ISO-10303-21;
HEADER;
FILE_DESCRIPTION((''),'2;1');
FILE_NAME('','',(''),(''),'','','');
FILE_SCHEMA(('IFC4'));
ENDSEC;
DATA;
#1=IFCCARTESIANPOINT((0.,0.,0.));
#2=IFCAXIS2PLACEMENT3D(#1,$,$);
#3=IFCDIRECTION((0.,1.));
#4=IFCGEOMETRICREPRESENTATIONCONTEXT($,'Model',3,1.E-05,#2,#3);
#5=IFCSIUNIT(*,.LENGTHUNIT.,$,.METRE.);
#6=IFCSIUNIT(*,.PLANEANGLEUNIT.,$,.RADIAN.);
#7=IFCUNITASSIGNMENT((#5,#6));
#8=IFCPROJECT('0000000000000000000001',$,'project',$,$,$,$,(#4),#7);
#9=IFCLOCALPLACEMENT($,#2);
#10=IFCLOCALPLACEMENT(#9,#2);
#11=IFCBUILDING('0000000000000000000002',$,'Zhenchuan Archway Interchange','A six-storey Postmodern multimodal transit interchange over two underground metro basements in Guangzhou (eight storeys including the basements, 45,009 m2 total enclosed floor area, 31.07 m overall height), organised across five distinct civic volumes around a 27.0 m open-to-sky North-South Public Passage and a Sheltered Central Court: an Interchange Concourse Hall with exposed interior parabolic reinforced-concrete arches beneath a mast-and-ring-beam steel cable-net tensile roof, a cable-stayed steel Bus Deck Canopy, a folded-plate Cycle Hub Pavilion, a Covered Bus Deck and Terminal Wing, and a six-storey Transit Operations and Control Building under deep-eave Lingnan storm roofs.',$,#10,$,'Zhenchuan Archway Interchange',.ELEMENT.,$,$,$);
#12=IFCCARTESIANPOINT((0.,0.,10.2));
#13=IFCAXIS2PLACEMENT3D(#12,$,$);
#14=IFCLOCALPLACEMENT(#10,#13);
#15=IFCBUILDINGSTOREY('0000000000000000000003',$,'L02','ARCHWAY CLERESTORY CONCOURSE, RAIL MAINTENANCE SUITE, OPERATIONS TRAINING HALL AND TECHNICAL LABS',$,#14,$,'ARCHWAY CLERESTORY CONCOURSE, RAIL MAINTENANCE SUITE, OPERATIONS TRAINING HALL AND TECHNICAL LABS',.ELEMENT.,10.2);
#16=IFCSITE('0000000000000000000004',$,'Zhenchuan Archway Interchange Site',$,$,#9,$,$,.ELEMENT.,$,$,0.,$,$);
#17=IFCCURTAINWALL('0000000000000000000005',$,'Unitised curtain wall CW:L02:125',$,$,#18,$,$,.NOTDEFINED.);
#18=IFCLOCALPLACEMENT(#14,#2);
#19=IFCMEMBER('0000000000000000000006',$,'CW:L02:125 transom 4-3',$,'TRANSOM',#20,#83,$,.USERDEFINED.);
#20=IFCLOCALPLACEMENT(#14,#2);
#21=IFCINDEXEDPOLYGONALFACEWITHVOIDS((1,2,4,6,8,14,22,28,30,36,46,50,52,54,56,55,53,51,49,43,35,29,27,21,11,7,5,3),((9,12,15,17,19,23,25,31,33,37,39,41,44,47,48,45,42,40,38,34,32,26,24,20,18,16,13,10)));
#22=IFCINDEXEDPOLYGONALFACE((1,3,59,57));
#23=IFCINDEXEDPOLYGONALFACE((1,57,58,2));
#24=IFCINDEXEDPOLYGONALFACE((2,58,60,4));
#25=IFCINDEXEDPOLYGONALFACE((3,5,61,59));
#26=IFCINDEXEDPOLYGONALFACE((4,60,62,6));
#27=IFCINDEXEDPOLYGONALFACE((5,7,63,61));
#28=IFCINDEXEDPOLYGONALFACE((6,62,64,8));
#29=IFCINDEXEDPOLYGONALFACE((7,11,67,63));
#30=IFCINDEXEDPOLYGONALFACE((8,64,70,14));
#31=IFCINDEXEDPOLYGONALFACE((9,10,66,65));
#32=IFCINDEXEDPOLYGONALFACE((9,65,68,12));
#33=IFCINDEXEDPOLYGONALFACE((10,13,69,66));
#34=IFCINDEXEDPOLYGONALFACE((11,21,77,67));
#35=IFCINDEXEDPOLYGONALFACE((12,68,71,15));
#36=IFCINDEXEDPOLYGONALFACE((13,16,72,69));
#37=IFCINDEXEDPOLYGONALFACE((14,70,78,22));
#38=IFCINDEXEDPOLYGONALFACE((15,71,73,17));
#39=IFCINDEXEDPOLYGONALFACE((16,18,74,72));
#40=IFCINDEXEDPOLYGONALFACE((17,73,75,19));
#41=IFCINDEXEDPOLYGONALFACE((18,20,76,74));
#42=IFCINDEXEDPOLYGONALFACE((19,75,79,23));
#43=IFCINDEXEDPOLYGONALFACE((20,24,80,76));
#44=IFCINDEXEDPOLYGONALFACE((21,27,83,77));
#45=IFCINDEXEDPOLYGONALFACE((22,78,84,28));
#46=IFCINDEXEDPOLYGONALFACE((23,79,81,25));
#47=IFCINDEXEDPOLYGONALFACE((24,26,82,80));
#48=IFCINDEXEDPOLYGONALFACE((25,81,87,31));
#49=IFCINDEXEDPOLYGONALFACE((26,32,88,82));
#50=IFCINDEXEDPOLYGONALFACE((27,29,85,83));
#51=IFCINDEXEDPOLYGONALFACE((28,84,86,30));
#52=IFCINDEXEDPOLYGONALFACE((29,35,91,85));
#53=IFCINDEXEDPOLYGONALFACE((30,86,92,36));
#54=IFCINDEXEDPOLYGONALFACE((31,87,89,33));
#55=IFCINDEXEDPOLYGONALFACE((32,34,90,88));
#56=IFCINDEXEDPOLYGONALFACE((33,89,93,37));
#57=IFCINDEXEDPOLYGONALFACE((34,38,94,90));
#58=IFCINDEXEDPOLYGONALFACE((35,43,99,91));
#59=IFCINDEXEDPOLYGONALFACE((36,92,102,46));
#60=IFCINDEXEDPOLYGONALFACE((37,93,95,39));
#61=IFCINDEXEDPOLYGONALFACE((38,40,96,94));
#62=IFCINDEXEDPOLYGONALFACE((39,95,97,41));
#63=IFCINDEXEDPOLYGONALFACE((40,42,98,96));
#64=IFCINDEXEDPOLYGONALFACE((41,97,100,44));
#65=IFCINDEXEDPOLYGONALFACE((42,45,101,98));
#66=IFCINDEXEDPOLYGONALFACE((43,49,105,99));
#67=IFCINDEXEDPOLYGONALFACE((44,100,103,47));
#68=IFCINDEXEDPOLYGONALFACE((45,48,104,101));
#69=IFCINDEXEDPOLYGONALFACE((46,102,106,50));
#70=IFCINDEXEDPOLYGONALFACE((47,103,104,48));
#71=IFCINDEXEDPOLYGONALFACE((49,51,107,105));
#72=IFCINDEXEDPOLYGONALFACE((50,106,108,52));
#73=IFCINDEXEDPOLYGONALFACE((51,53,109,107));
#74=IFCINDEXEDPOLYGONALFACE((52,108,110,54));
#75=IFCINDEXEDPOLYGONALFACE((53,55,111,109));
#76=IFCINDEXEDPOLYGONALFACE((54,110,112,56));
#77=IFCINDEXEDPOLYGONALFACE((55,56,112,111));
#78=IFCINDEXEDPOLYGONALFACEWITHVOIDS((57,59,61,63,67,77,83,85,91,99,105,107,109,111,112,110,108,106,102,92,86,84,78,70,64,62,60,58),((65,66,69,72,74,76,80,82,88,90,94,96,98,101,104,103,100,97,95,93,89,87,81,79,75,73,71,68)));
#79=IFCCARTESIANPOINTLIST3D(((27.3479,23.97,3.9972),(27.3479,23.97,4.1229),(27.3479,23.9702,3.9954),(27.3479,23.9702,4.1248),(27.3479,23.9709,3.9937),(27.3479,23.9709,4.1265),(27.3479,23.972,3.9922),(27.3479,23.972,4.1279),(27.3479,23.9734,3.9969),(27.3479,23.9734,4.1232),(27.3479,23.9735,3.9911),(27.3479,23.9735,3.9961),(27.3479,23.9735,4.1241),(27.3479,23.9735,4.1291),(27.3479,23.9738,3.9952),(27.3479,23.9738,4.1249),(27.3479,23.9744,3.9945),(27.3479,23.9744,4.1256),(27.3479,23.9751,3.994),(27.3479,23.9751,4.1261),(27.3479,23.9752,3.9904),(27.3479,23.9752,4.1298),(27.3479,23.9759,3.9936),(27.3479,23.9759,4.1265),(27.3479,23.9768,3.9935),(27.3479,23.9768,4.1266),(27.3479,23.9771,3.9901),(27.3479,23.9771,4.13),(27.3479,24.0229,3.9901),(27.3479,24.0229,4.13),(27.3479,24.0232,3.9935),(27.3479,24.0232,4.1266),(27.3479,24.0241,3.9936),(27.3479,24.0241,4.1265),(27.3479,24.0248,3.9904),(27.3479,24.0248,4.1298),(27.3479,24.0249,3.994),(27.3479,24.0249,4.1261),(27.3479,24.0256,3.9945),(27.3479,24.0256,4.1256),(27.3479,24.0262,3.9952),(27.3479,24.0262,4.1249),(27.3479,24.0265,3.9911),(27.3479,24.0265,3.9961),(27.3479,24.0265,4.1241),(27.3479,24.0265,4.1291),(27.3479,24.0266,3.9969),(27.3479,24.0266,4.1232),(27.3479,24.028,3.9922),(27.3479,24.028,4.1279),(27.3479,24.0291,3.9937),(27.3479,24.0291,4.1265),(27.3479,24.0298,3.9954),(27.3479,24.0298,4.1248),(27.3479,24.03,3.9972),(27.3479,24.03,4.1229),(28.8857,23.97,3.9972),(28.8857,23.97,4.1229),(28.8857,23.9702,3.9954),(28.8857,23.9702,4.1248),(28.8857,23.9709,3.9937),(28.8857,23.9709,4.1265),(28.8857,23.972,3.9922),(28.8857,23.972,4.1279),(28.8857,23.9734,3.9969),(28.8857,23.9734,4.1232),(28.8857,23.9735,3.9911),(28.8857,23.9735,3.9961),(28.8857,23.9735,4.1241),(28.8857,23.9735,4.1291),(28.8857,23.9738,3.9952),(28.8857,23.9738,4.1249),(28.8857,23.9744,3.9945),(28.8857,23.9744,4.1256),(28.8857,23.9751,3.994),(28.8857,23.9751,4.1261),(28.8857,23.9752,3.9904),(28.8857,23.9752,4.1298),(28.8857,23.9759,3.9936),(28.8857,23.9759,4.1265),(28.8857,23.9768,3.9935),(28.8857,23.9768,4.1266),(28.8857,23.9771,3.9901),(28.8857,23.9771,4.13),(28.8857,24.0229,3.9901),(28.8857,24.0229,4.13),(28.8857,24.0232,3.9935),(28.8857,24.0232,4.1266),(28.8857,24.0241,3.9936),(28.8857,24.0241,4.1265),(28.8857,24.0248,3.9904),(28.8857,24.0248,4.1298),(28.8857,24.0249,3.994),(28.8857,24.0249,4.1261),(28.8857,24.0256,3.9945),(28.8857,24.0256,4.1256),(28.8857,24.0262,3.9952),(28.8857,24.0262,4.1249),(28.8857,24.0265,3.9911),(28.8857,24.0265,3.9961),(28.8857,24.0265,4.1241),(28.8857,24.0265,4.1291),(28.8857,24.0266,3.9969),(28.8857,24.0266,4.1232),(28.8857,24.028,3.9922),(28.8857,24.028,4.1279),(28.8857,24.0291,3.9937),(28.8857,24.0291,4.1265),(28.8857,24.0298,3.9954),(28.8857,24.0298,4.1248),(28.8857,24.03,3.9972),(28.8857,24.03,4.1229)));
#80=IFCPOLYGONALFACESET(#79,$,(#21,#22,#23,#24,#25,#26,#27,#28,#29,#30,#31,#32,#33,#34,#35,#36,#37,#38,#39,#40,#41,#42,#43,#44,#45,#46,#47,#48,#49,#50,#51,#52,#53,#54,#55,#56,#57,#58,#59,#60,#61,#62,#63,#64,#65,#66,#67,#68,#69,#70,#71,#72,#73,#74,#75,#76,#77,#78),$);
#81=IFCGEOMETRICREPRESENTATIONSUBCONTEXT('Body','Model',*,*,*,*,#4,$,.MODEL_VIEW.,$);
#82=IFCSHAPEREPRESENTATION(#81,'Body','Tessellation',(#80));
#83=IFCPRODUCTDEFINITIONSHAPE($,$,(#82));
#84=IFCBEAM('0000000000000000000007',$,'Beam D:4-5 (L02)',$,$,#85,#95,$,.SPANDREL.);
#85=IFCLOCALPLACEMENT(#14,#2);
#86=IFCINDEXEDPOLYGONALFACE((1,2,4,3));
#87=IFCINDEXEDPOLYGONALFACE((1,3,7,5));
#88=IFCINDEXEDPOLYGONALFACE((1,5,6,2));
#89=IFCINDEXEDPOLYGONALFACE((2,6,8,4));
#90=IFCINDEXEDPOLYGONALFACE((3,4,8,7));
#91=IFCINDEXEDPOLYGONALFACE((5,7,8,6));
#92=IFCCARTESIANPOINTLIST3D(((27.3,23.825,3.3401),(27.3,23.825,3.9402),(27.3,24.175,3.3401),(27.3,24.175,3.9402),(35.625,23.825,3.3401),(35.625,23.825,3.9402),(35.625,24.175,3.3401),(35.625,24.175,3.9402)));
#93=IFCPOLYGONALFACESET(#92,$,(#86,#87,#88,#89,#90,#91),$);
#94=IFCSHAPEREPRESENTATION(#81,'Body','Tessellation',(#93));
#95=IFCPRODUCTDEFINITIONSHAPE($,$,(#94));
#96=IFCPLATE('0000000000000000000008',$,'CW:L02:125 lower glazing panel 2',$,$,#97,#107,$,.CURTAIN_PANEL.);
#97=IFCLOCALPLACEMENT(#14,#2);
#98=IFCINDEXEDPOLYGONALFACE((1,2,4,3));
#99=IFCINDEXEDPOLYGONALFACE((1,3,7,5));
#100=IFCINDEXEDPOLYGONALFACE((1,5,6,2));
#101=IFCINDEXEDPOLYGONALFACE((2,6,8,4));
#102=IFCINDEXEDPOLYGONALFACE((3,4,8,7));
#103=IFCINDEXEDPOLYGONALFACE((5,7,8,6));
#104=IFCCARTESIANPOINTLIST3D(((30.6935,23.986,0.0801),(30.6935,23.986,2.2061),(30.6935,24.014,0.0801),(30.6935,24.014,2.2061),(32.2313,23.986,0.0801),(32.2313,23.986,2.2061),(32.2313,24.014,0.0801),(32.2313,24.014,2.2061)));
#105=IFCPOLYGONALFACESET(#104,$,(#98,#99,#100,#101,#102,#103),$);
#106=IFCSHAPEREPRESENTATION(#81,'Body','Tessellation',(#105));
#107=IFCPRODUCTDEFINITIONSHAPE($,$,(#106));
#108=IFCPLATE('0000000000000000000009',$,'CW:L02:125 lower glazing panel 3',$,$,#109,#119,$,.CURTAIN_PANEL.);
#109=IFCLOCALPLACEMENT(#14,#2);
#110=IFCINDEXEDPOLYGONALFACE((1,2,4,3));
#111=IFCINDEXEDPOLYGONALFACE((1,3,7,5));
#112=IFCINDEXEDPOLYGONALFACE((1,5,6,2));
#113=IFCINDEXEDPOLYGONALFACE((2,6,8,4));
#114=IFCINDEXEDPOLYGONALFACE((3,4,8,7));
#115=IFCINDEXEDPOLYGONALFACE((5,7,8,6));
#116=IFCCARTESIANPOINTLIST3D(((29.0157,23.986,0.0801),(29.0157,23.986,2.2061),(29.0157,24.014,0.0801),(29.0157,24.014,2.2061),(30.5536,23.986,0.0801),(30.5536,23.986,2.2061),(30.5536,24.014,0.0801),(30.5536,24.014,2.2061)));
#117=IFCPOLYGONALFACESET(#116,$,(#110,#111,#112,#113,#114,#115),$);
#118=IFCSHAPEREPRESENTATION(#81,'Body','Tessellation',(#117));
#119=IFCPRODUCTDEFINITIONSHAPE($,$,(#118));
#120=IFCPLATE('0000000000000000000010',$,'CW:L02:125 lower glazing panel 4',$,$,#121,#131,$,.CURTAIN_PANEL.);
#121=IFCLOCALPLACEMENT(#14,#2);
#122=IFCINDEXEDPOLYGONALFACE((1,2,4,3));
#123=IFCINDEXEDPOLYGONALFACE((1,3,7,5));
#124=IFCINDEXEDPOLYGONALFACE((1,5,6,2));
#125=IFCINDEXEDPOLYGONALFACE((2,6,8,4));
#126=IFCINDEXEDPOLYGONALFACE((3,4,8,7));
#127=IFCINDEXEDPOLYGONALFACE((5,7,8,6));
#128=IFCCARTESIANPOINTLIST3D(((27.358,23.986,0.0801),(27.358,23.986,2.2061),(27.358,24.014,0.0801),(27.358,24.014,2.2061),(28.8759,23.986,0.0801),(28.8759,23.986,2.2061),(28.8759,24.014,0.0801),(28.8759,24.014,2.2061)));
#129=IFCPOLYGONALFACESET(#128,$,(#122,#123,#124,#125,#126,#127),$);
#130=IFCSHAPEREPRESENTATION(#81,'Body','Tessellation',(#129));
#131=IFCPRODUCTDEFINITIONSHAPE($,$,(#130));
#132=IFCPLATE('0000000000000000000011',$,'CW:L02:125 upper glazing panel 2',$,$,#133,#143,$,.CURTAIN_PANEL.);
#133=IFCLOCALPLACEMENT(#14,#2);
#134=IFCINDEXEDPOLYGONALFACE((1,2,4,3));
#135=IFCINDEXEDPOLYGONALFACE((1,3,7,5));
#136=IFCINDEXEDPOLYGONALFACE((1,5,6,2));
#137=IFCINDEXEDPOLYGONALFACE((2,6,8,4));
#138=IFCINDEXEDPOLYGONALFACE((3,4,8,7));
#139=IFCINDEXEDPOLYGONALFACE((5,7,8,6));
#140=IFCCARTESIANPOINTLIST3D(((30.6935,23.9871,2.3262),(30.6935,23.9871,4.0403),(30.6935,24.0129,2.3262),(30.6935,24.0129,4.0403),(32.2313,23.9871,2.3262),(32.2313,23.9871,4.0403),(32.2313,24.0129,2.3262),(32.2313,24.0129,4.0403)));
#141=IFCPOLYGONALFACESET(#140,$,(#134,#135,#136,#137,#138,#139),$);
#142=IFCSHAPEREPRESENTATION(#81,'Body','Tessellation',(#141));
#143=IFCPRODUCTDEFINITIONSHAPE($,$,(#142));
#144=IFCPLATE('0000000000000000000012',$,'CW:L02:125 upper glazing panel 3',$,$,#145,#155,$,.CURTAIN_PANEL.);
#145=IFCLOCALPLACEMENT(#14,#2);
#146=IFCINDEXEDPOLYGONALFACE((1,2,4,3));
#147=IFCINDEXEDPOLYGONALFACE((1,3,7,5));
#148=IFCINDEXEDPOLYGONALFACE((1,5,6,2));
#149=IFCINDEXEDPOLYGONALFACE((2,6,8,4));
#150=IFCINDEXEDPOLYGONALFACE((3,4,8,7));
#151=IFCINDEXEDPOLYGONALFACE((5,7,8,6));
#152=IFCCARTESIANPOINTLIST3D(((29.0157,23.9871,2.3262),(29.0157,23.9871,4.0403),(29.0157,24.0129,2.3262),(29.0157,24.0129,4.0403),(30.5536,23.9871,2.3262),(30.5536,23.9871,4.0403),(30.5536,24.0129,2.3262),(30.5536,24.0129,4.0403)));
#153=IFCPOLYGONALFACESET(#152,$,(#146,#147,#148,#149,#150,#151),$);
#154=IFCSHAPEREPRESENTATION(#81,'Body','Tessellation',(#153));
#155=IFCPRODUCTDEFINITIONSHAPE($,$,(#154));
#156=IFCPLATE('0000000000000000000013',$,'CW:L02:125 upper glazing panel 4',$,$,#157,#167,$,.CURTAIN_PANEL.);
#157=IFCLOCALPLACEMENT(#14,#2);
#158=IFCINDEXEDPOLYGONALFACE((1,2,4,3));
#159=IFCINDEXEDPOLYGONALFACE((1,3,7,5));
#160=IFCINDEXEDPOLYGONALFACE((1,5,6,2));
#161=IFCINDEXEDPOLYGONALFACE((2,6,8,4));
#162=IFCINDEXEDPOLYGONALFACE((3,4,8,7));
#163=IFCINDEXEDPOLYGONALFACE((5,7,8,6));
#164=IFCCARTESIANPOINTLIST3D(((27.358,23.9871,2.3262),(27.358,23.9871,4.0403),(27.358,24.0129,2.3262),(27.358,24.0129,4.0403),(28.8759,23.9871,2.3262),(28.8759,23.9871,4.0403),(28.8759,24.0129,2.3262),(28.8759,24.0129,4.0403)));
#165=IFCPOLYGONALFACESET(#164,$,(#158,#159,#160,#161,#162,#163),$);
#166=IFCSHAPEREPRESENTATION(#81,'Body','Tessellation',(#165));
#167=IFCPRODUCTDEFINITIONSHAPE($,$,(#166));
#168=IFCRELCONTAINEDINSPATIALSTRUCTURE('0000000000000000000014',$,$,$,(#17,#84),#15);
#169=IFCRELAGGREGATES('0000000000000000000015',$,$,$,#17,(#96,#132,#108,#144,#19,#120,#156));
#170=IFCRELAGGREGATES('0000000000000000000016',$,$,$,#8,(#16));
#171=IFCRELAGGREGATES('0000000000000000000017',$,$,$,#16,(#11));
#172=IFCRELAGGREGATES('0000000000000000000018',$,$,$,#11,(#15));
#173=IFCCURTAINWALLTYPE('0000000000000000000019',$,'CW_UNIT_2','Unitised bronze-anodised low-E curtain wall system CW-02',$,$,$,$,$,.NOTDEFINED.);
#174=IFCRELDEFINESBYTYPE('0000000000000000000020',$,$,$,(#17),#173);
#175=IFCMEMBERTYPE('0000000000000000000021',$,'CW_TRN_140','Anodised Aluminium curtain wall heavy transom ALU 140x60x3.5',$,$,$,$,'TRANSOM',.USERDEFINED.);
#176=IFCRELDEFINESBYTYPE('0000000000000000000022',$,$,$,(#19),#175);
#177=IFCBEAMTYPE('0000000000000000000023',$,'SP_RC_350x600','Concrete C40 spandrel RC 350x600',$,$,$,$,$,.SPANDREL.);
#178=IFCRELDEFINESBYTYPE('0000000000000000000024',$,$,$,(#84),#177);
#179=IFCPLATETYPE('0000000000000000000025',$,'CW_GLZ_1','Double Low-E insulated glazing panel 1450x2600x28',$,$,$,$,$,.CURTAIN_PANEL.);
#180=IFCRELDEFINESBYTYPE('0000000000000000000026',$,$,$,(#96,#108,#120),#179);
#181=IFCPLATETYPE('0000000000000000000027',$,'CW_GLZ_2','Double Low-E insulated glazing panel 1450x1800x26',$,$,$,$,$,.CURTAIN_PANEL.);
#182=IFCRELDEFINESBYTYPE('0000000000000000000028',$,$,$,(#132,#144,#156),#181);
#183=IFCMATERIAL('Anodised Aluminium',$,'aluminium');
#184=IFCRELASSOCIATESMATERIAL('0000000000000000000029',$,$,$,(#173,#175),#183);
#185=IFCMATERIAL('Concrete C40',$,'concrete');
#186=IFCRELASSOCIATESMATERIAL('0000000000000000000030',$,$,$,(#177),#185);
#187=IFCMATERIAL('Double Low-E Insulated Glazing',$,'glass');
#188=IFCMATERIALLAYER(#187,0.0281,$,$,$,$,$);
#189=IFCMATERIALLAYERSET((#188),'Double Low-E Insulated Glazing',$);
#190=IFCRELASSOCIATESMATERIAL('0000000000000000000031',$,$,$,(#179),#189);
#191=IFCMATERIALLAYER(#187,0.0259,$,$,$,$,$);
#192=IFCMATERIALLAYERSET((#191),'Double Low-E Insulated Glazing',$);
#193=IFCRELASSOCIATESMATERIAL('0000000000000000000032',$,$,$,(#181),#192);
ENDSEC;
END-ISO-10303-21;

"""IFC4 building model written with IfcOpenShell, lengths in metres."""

from ifc_helpers import new_model, si_unit, direction, frame, origin, origin_2d, place, context, subcontext, project, spatial, rectangle, hollow_rectangle, extrude, material, layer, layer_set, material_profile, profile_set, type_object, element, aggregate, save


model = new_model("IFC4")

# Units and contexts
model_context = context("Model", 3, precision=1e-05, world=origin(), true_north=direction((0.0, 1.0)))
body_context = subcontext(model_context, "Body", "Model", "MODEL_VIEW")
ifc_project = project(units=[si_unit("LENGTHUNIT", "METRE"), si_unit("PLANEANGLEUNIT", "RADIAN")], contexts=[model_context])

# Site, building, storey
site_placement = place(None, origin())
site = spatial("IfcSite", under=ifc_project, at=site_placement, Name="Zhenchuan Archway Interchange Site", CompositionType="ELEMENT", RefElevation=0.0)
building_placement = place(site_placement, origin())
building = spatial("IfcBuilding", under=site, at=building_placement, Name="Zhenchuan Archway Interchange", Description="A six-storey Postmodern multimodal transit interchange over two underground metro basements in Guangzhou (eight storeys including the basements, 45,009 m2 total enclosed floor area, 31.07 m overall height), organised across five distinct civic volumes around a 27.0 m open-to-sky North-South Public Passage and a Sheltered Central Court: an Interchange Concourse Hall with exposed interior parabolic reinforced-concrete arches beneath a mast-and-ring-beam steel cable-net tensile roof, a cable-stayed steel Bus Deck Canopy, a folded-plate Cycle Hub Pavilion, a Covered Bus Deck and Terminal Wing, and a six-storey Transit Operations and Control Building under deep-eave Lingnan storm roofs.", LongName="Zhenchuan Archway Interchange", CompositionType="ELEMENT")
storey_placement = place(building_placement, frame((0.0, 0.0, 10.2)))
storey = spatial("IfcBuildingStorey", under=building, at=storey_placement, Name="L02", Description="ARCHWAY CLERESTORY CONCOURSE, RAIL MAINTENANCE SUITE, OPERATIONS TRAINING HALL AND TECHNICAL LABS", LongName="ARCHWAY CLERESTORY CONCOURSE, RAIL MAINTENANCE SUITE, OPERATIONS TRAINING HALL AND TECHNICAL LABS", CompositionType="ELEMENT", Elevation=10.2)

# Shared definitions
ifc_material_1 = material(Name="Concrete C40", Category="concrete")

# Curtain wall, member
ifc_material_2 = material(Name="Anodised Aluminium", Category="aluminium")
curtain_wall_type = type_object("IfcCurtainWallType", Name="CW_UNIT_2", Description="Unitised bronze-anodised low-E curtain wall system CW-02", PredefinedType="NOTDEFINED", material=ifc_material_2)
curtain_wall_placement = place(storey_placement, origin())
curtain_wall = element("IfcCurtainWall", 1, at=curtain_wall_placement, inside=storey, type_object=curtain_wall_type, Name="Unitised curtain wall CW:L02:125", PredefinedType="NOTDEFINED")
ifc_material_profile_1 = material_profile(ifc_material_2, hollow_rectangle(XDim=0.0601, YDim=0.1399, WallThickness=0.0034, InnerFilletRadius=0.0034, OuterFilletRadius=0.0071, at=origin_2d()), Name="ALU 140x60x3.5")
ifc_profile_set_1 = profile_set([ifc_material_profile_1], Name="Anodised Aluminium")
member_type_1 = type_object("IfcMemberType", Name="CW_TRN_140", Description="Anodised Aluminium curtain wall heavy transom ALU 140x60x3.5", ElementType="TRANSOM", PredefinedType="USERDEFINED", material=ifc_profile_set_1)
member_1_placement = place(storey_placement, frame((28.8857, 24.0, 4.0601), z_axis=(-1.0, 0.0, 0.0), x_axis=(0.0, -1.0, 0.0)))
member_1 = element("IfcMember", 2, at=member_1_placement, type_object=member_type_1, Name="CW:L02:125 transom 4-3", ObjectType="TRANSOM", PredefinedType="USERDEFINED", context=body_context, shape_type="SweptSolid", body=[
    extrude(hollow_rectangle(XDim=0.0601, YDim=0.1399, WallThickness=0.0034, InnerFilletRadius=0.0034, OuterFilletRadius=0.0071, at=origin_2d()), origin(), (0.0, 0.0, 1.0), 1.5378),
])

# Beam
ifc_material_profile_2 = material_profile(ifc_material_1, rectangle(XDim=0.3501, YDim=0.6001, at=origin_2d()), Name="RC 350x600")
ifc_profile_set_2 = profile_set([ifc_material_profile_2], Name="Concrete C40")
beam_type = type_object("IfcBeamType", Name="SP_RC_350x600", Description="Concrete C40 spandrel RC 350x600", PredefinedType="SPANDREL", material=ifc_profile_set_2)
beam_placement = place(storey_placement, frame((27.3, 24.0, 3.6401), z_axis=(1.0, 0.0, 0.0), x_axis=(0.0, 1.0, 0.0)))
element("IfcBeam", 3, at=beam_placement, inside=storey, type_object=beam_type, Name="Beam D:4-5 (L02)", PredefinedType="SPANDREL", context=body_context, shape_type="SweptSolid", body=[
    extrude(rectangle(XDim=0.3501, YDim=0.6001, at=origin_2d()), origin(), (0.0, 0.0, 1.0), 8.325),
])

# Plates
ifc_material_3 = material(Name="Double Low-E Insulated Glazing", Category="glass")
ifc_layer_1 = layer(ifc_material_3, 0.0281)
ifc_layer_set_1 = layer_set([ifc_layer_1], Name="Double Low-E Insulated Glazing")
plate_type_1 = type_object("IfcPlateType", Name="CW_GLZ_1", Description="Double Low-E insulated glazing panel 1450x2600x28", PredefinedType="CURTAIN_PANEL", material=ifc_layer_set_1)
plate_1_placement = place(storey_placement, frame((31.4624, 24.0, 0.0801), z_axis=(0.0, 0.0, 1.0), x_axis=(-1.0, 0.0, 0.0)))
plate_1 = element("IfcPlate", 4, at=plate_1_placement, type_object=plate_type_1, Name="CW:L02:125 lower glazing panel 2", PredefinedType="CURTAIN_PANEL", context=body_context, shape_type="SweptSolid", body=[
    extrude(rectangle(XDim=1.5378, YDim=0.0281, at=origin_2d()), origin(), (0.0, 0.0, 1.0), 2.126),
])
plate_2_placement = place(storey_placement, frame((29.7847, 24.0, 0.0801), z_axis=(0.0, 0.0, 1.0), x_axis=(-1.0, 0.0, 0.0)))
plate_2 = element("IfcPlate", 5, at=plate_2_placement, type_object=plate_type_1, Name="CW:L02:125 lower glazing panel 3", PredefinedType="CURTAIN_PANEL", context=body_context, shape_type="SweptSolid", body=[
    extrude(rectangle(XDim=1.5378, YDim=0.0281, at=origin_2d()), origin(), (0.0, 0.0, 1.0), 2.126),
])
plate_3_placement = place(storey_placement, frame((28.1169, 24.0, 0.0801), z_axis=(0.0, 0.0, 1.0), x_axis=(-1.0, 0.0, 0.0)))
plate_3 = element("IfcPlate", 6, at=plate_3_placement, type_object=plate_type_1, Name="CW:L02:125 lower glazing panel 4", PredefinedType="CURTAIN_PANEL", context=body_context, shape_type="SweptSolid", body=[
    extrude(rectangle(XDim=1.5178, YDim=0.0281, at=origin_2d()), origin(), (0.0, 0.0, 1.0), 2.126),
])
ifc_layer_2 = layer(ifc_material_3, 0.0259)
ifc_layer_set_2 = layer_set([ifc_layer_2], Name="Double Low-E Insulated Glazing")
plate_type_2 = type_object("IfcPlateType", Name="CW_GLZ_2", Description="Double Low-E insulated glazing panel 1450x1800x26", PredefinedType="CURTAIN_PANEL", material=ifc_layer_set_2)
plate_4_placement = place(storey_placement, frame((31.4624, 24.0, 2.3262), z_axis=(0.0, 0.0, 1.0), x_axis=(-1.0, 0.0, 0.0)))
plate_4 = element("IfcPlate", 7, at=plate_4_placement, type_object=plate_type_2, Name="CW:L02:125 upper glazing panel 2", PredefinedType="CURTAIN_PANEL", context=body_context, shape_type="SweptSolid", body=[
    extrude(rectangle(XDim=1.5378, YDim=0.0259, at=origin_2d()), origin(), (0.0, 0.0, 1.0), 1.7141),
])
plate_5_placement = place(storey_placement, frame((29.7847, 24.0, 2.3262), z_axis=(0.0, 0.0, 1.0), x_axis=(-1.0, 0.0, 0.0)))
plate_5 = element("IfcPlate", 8, at=plate_5_placement, type_object=plate_type_2, Name="CW:L02:125 upper glazing panel 3", PredefinedType="CURTAIN_PANEL", context=body_context, shape_type="SweptSolid", body=[
    extrude(rectangle(XDim=1.5378, YDim=0.0259, at=origin_2d()), origin(), (0.0, 0.0, 1.0), 1.7141),
])
plate_6_placement = place(storey_placement, frame((28.1169, 24.0, 2.3262), z_axis=(0.0, 0.0, 1.0), x_axis=(-1.0, 0.0, 0.0)))
plate_6 = element("IfcPlate", 9, at=plate_6_placement, type_object=plate_type_2, Name="CW:L02:125 upper glazing panel 4", PredefinedType="CURTAIN_PANEL", context=body_context, shape_type="SweptSolid", body=[
    extrude(rectangle(XDim=1.5178, YDim=0.0259, at=origin_2d()), origin(), (0.0, 0.0, 1.0), 1.7141),
])
aggregate(curtain_wall, [plate_1, plate_4, plate_2, plate_5, member_1, plate_3, plate_6])

save(model, "model.ifc")
